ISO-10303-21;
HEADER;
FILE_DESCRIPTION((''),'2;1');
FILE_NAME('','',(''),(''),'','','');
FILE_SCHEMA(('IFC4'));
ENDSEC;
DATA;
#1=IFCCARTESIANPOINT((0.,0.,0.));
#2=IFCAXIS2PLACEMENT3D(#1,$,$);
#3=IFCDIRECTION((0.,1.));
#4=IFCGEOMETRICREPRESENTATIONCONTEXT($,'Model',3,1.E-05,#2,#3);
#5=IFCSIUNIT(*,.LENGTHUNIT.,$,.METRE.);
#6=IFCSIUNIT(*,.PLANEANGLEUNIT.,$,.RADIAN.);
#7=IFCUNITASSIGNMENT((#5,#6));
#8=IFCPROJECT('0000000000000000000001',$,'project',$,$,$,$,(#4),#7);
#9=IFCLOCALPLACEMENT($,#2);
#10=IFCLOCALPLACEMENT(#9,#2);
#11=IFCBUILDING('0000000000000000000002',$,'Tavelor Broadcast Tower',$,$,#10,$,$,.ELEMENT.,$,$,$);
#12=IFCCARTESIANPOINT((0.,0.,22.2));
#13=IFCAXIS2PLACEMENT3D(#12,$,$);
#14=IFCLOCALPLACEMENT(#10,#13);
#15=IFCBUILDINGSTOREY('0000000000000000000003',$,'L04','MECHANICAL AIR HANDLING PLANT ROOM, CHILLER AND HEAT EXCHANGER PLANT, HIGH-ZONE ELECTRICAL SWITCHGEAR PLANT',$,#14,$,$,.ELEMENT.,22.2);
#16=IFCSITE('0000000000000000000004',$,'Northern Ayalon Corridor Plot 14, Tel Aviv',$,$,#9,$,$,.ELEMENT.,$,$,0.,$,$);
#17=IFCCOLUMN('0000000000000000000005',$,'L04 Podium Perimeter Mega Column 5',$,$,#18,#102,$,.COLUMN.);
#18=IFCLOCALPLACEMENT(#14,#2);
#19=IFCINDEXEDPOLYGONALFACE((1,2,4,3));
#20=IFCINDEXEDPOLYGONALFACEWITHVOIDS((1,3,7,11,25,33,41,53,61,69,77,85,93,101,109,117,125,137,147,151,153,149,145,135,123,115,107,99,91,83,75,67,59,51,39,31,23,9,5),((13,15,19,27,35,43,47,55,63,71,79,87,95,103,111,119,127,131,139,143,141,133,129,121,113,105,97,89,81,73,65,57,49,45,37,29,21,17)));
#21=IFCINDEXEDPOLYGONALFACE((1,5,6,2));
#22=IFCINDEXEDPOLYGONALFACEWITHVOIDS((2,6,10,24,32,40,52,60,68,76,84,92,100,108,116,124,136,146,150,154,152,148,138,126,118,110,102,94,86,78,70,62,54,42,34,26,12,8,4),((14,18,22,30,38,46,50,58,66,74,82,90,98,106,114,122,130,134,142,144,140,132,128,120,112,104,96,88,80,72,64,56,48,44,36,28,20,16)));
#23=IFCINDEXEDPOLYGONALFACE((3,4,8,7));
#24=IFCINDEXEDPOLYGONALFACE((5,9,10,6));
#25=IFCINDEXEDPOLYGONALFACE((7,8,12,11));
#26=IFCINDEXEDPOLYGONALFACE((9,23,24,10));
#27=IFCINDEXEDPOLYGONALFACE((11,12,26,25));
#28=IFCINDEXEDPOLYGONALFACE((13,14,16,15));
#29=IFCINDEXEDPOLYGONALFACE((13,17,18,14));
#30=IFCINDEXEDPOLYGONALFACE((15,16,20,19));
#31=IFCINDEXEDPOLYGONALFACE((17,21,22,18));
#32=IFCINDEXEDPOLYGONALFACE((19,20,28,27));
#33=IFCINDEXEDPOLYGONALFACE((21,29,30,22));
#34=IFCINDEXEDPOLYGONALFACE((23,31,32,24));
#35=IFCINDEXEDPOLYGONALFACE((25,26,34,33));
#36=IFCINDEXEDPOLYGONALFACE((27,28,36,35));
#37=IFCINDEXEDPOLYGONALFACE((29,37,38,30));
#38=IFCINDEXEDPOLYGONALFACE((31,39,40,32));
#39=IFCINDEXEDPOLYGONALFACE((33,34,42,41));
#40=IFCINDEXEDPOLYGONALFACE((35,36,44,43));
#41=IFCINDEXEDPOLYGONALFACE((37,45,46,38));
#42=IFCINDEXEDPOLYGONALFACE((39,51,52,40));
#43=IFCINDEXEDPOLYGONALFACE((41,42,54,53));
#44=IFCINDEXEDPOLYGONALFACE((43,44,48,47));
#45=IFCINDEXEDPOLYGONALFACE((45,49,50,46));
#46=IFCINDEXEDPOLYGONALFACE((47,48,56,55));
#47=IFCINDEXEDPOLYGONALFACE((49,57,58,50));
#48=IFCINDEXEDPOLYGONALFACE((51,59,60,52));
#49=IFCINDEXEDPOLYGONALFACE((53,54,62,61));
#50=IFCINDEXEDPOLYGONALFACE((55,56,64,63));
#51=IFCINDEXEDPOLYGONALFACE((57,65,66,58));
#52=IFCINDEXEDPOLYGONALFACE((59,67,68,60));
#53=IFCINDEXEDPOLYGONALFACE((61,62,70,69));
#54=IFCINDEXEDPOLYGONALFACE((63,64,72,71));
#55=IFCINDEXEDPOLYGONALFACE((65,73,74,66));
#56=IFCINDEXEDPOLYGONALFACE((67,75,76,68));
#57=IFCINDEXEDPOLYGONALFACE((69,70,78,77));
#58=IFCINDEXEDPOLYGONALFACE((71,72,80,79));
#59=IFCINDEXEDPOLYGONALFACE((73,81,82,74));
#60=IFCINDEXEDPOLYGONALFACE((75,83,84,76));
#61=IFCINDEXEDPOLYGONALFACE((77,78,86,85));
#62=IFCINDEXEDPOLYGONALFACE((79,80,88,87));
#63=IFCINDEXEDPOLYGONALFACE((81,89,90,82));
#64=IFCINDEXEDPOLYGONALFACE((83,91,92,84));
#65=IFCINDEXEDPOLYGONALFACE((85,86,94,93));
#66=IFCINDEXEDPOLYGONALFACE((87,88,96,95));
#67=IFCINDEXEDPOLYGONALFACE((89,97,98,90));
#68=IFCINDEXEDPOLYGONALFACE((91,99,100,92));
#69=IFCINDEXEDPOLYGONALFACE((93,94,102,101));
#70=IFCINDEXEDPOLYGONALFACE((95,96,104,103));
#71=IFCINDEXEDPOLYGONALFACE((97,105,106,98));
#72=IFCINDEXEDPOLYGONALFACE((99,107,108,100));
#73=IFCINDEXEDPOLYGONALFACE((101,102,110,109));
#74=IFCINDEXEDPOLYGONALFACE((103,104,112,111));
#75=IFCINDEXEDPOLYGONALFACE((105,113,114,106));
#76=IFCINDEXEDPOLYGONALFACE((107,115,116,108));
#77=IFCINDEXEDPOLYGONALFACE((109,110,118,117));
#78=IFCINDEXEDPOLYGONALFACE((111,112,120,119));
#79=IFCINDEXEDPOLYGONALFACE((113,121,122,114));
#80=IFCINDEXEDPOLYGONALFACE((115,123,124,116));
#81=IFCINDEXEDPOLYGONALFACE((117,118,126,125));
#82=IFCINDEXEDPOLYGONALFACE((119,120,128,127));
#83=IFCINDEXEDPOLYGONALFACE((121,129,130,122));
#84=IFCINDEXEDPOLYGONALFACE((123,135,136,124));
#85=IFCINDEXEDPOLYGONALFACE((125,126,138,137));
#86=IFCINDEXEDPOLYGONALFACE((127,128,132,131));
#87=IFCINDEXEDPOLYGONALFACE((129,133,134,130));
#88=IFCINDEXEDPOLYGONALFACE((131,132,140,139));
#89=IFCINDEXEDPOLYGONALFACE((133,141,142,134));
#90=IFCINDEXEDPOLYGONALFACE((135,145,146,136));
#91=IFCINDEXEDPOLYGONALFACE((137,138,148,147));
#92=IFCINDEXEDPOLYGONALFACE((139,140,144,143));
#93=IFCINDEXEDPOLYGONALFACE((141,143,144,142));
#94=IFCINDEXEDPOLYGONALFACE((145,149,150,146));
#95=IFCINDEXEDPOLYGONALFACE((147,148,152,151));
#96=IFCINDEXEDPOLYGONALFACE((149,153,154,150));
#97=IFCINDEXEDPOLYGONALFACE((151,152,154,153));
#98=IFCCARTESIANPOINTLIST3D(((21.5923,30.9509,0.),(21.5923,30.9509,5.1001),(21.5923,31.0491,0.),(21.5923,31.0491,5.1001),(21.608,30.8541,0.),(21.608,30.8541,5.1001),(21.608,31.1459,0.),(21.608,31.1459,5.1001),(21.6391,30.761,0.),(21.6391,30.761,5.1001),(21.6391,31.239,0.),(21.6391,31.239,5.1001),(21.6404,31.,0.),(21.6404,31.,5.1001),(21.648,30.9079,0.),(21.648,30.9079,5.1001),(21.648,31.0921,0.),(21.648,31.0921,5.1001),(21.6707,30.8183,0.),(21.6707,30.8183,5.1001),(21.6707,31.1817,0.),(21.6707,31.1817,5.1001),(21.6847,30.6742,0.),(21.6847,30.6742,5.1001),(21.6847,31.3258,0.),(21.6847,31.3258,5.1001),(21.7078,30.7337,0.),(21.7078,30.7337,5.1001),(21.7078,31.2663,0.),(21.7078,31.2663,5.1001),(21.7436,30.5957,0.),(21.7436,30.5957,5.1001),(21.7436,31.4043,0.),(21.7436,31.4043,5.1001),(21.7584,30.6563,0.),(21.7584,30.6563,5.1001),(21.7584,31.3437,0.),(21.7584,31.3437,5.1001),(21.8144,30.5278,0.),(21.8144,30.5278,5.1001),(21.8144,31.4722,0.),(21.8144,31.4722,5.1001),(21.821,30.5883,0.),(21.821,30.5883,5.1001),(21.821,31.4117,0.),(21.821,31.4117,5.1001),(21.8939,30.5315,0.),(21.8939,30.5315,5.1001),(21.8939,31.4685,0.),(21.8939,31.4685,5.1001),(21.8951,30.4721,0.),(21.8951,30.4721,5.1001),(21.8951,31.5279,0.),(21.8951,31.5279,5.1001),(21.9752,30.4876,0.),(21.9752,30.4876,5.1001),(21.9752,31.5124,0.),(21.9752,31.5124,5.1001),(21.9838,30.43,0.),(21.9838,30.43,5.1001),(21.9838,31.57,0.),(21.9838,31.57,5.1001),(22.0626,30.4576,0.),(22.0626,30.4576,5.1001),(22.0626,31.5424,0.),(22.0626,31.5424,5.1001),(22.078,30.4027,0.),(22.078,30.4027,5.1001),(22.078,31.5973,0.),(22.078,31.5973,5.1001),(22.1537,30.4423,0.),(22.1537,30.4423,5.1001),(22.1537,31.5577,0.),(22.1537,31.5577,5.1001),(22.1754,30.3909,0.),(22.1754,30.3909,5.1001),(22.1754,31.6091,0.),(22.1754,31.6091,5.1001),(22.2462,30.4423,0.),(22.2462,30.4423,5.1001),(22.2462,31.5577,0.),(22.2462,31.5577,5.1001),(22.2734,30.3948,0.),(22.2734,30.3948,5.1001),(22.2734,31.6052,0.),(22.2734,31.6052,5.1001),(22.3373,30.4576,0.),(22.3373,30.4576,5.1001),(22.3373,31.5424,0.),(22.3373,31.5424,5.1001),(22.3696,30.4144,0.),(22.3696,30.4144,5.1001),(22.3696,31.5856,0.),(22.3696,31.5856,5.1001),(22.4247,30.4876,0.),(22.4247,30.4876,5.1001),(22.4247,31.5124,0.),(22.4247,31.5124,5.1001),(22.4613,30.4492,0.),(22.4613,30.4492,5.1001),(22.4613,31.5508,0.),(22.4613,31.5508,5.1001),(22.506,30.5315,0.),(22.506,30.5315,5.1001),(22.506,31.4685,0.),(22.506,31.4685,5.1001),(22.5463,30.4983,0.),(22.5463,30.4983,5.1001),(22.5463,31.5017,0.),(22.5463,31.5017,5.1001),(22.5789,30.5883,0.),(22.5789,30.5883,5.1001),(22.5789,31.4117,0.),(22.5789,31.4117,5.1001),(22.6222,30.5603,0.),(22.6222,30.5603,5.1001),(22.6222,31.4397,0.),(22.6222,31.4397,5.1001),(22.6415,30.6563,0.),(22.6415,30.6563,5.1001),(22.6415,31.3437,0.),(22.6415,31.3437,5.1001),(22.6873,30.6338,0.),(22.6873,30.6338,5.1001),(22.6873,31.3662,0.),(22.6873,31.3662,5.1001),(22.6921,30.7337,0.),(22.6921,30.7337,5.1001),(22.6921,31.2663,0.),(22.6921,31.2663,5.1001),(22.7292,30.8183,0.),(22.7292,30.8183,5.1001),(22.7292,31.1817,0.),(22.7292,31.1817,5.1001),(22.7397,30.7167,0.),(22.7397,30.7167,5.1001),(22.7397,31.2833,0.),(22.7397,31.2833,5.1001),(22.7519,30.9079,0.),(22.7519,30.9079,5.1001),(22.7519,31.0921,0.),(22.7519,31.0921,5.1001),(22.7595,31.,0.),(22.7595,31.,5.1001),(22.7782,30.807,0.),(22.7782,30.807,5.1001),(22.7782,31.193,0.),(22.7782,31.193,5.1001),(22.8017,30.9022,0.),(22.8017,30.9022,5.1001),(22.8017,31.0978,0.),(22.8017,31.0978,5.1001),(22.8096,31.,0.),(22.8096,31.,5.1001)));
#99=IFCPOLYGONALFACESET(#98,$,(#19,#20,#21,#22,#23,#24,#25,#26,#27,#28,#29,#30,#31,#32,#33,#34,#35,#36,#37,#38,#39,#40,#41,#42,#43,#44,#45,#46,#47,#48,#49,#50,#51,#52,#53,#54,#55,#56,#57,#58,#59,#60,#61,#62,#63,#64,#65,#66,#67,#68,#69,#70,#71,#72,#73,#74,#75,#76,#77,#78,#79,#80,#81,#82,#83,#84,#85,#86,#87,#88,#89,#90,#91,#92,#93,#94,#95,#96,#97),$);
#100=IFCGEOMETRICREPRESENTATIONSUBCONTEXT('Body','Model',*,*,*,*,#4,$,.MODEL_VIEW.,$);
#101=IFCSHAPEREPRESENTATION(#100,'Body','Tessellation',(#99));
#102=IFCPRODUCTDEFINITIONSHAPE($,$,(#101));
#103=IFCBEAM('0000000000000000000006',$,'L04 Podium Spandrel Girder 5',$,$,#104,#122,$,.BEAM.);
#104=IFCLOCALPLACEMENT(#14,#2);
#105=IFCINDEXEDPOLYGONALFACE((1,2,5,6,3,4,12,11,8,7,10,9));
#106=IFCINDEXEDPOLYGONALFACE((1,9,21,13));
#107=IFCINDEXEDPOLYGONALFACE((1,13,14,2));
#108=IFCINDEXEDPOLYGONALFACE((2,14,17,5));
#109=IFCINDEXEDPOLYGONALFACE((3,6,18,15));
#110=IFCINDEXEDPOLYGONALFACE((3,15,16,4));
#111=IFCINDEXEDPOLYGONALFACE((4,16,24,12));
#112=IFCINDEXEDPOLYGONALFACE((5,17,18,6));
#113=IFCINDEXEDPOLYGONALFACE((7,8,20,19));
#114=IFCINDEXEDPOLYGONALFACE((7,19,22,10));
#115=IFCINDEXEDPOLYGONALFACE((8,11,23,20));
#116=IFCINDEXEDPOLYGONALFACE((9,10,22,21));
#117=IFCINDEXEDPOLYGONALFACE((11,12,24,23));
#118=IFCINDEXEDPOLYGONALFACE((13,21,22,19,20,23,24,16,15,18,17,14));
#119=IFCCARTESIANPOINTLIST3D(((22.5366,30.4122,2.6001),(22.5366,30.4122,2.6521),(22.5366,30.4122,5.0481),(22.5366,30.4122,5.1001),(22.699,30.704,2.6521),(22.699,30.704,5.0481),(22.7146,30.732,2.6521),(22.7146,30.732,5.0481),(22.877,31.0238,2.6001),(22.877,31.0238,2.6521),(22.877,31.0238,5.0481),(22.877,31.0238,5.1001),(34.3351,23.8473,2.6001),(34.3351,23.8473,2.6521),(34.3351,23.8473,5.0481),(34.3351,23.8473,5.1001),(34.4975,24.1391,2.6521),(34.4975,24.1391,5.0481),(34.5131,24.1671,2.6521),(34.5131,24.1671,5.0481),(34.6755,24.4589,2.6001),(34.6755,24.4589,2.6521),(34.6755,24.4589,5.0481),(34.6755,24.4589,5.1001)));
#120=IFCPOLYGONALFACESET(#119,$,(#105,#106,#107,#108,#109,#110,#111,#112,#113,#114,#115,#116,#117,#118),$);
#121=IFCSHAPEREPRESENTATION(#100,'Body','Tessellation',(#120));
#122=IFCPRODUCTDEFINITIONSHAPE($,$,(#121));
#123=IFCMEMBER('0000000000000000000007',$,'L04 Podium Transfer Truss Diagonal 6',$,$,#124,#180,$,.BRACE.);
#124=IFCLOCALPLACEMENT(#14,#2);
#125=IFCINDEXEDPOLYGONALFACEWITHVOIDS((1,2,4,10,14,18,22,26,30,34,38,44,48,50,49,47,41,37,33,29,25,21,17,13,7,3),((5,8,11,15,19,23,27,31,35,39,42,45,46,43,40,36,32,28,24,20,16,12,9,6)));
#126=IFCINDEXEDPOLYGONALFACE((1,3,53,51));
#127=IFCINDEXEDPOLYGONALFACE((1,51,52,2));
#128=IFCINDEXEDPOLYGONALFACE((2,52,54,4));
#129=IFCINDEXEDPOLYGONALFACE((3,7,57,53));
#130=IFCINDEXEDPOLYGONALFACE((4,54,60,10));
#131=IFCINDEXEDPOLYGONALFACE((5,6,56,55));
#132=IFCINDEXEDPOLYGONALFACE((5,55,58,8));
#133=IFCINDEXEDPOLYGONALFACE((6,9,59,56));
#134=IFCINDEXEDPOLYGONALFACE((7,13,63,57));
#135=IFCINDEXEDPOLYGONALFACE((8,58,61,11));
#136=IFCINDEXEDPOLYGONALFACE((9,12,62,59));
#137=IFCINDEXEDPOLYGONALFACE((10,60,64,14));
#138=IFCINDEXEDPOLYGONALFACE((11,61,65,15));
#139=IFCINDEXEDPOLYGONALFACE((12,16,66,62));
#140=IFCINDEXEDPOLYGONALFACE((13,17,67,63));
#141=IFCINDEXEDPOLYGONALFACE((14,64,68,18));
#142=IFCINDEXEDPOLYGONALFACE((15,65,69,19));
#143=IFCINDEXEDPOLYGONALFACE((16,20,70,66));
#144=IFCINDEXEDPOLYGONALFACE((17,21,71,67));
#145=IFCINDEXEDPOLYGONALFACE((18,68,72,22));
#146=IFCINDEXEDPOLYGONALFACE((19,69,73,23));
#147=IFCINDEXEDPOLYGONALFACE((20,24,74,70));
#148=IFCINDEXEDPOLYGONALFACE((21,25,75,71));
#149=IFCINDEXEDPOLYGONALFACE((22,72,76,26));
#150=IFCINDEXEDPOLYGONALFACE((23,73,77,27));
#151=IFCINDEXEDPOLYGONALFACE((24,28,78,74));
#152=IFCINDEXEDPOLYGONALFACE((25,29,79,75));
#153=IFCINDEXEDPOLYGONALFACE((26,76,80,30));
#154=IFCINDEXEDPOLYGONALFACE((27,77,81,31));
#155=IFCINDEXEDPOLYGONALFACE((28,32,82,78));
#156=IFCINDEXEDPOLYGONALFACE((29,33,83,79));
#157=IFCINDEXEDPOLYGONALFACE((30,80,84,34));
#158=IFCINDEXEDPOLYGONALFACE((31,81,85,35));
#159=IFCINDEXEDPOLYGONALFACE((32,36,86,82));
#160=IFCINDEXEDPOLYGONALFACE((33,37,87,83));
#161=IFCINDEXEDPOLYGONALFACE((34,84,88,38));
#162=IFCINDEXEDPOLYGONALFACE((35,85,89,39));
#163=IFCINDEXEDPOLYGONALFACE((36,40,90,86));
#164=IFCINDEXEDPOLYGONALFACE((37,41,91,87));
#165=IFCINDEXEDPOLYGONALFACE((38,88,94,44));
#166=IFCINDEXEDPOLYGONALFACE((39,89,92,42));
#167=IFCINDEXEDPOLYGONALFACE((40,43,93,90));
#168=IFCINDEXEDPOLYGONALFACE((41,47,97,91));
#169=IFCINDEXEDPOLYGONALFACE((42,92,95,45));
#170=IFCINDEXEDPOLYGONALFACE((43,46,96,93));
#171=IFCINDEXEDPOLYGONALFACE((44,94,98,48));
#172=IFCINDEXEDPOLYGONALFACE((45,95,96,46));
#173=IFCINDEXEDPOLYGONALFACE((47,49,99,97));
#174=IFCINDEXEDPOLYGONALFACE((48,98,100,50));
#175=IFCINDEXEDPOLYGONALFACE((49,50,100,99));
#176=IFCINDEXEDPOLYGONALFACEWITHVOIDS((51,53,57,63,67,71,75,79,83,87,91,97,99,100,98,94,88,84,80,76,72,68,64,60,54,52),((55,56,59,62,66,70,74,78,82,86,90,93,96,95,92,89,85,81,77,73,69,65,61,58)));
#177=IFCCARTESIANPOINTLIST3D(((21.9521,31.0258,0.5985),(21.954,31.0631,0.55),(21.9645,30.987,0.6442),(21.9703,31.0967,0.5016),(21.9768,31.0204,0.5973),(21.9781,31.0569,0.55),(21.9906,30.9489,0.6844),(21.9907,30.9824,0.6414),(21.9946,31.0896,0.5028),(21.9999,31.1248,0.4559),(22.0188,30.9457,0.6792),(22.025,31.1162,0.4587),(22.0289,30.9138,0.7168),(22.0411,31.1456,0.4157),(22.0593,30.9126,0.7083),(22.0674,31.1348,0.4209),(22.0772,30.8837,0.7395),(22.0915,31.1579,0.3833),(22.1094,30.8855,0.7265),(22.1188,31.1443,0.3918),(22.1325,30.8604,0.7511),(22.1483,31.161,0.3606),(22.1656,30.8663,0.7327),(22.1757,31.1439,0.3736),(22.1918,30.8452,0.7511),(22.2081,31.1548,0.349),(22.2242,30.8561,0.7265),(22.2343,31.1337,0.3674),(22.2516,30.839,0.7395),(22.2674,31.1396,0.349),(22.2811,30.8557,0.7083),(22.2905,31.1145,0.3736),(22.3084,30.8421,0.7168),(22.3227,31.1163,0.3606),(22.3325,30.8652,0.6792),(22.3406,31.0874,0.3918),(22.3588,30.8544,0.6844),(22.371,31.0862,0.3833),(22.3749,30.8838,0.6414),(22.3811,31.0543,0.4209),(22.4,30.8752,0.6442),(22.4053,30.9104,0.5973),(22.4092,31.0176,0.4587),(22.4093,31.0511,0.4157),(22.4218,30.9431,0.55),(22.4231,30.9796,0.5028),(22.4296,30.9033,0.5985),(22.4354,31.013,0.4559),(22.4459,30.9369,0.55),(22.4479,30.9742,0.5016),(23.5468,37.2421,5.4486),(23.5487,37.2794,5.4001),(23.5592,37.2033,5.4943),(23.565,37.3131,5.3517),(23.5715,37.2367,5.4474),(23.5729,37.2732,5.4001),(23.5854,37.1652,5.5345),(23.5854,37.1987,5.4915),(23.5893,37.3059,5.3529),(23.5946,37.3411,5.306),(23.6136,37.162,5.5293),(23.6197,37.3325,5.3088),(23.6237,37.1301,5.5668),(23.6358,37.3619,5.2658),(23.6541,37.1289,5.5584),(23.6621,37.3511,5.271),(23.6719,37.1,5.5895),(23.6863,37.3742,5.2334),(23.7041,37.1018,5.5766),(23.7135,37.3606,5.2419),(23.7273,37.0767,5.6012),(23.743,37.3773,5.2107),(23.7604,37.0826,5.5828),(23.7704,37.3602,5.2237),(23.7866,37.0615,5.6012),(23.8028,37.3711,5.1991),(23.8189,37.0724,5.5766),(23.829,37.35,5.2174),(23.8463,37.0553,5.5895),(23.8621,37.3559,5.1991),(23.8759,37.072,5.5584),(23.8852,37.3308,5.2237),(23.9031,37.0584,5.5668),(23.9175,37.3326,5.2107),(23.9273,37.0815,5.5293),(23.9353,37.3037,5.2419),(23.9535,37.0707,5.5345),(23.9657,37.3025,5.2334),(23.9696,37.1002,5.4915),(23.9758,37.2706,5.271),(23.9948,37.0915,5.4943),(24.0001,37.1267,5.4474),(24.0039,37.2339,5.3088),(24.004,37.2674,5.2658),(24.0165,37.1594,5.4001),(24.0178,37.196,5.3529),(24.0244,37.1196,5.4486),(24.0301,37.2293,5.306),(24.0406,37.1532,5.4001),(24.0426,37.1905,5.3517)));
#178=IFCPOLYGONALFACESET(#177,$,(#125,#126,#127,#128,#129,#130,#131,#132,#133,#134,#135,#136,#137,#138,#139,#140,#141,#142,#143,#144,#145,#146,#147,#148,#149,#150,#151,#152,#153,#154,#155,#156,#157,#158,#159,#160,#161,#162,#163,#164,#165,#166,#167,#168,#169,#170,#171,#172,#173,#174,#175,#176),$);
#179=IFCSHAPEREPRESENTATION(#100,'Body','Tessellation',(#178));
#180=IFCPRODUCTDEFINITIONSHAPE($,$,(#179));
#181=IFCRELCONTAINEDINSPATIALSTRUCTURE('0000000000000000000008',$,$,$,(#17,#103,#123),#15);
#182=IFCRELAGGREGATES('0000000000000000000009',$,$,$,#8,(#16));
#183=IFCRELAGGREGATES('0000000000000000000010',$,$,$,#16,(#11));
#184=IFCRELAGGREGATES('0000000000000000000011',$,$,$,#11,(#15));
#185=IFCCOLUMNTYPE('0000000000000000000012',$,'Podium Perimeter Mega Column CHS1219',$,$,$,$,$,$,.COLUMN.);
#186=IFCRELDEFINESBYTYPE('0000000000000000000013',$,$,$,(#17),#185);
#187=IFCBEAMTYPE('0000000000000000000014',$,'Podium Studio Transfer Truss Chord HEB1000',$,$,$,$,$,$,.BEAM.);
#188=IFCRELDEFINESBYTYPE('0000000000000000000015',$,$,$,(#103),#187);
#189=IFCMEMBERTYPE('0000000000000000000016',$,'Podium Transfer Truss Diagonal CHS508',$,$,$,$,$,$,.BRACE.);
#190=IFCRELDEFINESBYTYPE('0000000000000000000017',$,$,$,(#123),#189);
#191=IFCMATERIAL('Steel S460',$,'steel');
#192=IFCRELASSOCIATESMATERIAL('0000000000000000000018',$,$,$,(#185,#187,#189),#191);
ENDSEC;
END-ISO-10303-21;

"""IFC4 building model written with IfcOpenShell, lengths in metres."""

from ifc_helpers import new_model, si_unit, direction, frame, origin, origin_2d, place, context, subcontext, project, spatial, hollow_circle, i_section, extrude, material, material_profile, profile_set, type_object, element, save


model = new_model("IFC4")

# Units and contexts
model_context = context("Model", 3, precision=1e-05, world=origin(), true_north=direction((0.0, 1.0)))
body_context = subcontext(model_context, "Body", "Model", "MODEL_VIEW")
ifc_project = project(units=[si_unit("LENGTHUNIT", "METRE"), si_unit("PLANEANGLEUNIT", "RADIAN")], contexts=[model_context])

# Site, building, storey
site_placement = place(None, origin())
site = spatial("IfcSite", under=ifc_project, at=site_placement, Name="Northern Ayalon Corridor Plot 14, Tel Aviv", CompositionType="ELEMENT", RefElevation=0.0)
building_placement = place(site_placement, origin())
building = spatial("IfcBuilding", under=site, at=building_placement, Name="Tavelor Broadcast Tower", CompositionType="ELEMENT")
storey_placement = place(building_placement, frame((0.0, 0.0, 22.2)))
storey = spatial("IfcBuildingStorey", under=building, at=storey_placement, Name="L04", Description="MECHANICAL AIR HANDLING PLANT ROOM, CHILLER AND HEAT EXCHANGER PLANT, HIGH-ZONE ELECTRICAL SWITCHGEAR PLANT", CompositionType="ELEMENT", Elevation=22.2)

# Column
ifc_material_1 = material(Name="Steel S460", Category="steel")
ifc_material_profile_1 = material_profile(ifc_material_1, hollow_circle(Radius=0.6096, WallThickness=0.05, at=origin_2d()), Name="CHS 1219x50")
ifc_profile_set_1 = profile_set([ifc_material_profile_1], Name="Steel S460")
column_type = type_object("IfcColumnType", Name="Podium Perimeter Mega Column CHS1219", PredefinedType="COLUMN", material=ifc_profile_set_1)
column_placement = place(storey_placement, frame((22.2, 31.0, 0.0), z_axis=(0.0, 0.0, 1.0), x_axis=(1.0, 0.0, 0.0)))
element("IfcColumn", 1, at=column_placement, inside=storey, type_object=column_type, Name="L04 Podium Perimeter Mega Column 5", PredefinedType="COLUMN", context=body_context, shape_type="SweptSolid", body=[
    extrude(hollow_circle(Radius=0.6096, WallThickness=0.05, at=origin_2d()), origin(), (0.0, 0.0, 1.0), 5.1001),
])

# Beam
ifc_material_profile_2 = material_profile(ifc_material_1, i_section(OverallWidth=0.7, OverallDepth=2.5, WebThickness=0.032, FlangeThickness=0.052, at=origin_2d()), Name="PG 2500x700")
ifc_profile_set_2 = profile_set([ifc_material_profile_2], Name="Steel S460")
beam_type = type_object("IfcBeamType", Name="Podium Studio Transfer Truss Chord HEB1000", PredefinedType="BEAM", material=ifc_profile_set_2)
beam_placement = place(storey_placement, frame((22.7068, 30.718, 3.8501), z_axis=(0.873837, -0.486219, 0.0), x_axis=(0.486219, 0.873837, 0.0)))
element("IfcBeam", 2, at=beam_placement, inside=storey, type_object=beam_type, Name="L04 Podium Spandrel Girder 5", PredefinedType="BEAM", context=body_context, shape_type="SweptSolid", body=[
    extrude(i_section(OverallWidth=0.7, OverallDepth=2.5, WebThickness=0.032, FlangeThickness=0.052, at=origin_2d()), origin(), (0.0, 0.0, 1.0), 13.502),
])

# Member
ifc_material_profile_3 = material_profile(ifc_material_1, hollow_circle(Radius=0.2539, WallThickness=0.0249, at=origin_2d()), Name="CHS 508x25")
ifc_profile_set_3 = profile_set([ifc_material_profile_3], Name="Steel S460")
member_type = type_object("IfcMemberType", Name="Podium Transfer Truss Diagonal CHS508", PredefinedType="BRACE", material=ifc_profile_set_3)
member_1_placement = place(storey_placement, frame((22.2, 31.0, 0.55), z_axis=(0.198246, 0.772769, 0.602931), x_axis=(-0.968634, 0.248493, 0.0)))
element("IfcMember", 3, at=member_1_placement, inside=storey, type_object=member_type, Name="L04 Podium Transfer Truss Diagonal 6", PredefinedType="BRACE", context=body_context, shape_type="SweptSolid", body=[
    extrude(hollow_circle(Radius=0.2539, WallThickness=0.0249, at=origin_2d()), origin(), (0.0, 0.0, 1.0), 8.0442),
])

save(model, "model.ifc")
